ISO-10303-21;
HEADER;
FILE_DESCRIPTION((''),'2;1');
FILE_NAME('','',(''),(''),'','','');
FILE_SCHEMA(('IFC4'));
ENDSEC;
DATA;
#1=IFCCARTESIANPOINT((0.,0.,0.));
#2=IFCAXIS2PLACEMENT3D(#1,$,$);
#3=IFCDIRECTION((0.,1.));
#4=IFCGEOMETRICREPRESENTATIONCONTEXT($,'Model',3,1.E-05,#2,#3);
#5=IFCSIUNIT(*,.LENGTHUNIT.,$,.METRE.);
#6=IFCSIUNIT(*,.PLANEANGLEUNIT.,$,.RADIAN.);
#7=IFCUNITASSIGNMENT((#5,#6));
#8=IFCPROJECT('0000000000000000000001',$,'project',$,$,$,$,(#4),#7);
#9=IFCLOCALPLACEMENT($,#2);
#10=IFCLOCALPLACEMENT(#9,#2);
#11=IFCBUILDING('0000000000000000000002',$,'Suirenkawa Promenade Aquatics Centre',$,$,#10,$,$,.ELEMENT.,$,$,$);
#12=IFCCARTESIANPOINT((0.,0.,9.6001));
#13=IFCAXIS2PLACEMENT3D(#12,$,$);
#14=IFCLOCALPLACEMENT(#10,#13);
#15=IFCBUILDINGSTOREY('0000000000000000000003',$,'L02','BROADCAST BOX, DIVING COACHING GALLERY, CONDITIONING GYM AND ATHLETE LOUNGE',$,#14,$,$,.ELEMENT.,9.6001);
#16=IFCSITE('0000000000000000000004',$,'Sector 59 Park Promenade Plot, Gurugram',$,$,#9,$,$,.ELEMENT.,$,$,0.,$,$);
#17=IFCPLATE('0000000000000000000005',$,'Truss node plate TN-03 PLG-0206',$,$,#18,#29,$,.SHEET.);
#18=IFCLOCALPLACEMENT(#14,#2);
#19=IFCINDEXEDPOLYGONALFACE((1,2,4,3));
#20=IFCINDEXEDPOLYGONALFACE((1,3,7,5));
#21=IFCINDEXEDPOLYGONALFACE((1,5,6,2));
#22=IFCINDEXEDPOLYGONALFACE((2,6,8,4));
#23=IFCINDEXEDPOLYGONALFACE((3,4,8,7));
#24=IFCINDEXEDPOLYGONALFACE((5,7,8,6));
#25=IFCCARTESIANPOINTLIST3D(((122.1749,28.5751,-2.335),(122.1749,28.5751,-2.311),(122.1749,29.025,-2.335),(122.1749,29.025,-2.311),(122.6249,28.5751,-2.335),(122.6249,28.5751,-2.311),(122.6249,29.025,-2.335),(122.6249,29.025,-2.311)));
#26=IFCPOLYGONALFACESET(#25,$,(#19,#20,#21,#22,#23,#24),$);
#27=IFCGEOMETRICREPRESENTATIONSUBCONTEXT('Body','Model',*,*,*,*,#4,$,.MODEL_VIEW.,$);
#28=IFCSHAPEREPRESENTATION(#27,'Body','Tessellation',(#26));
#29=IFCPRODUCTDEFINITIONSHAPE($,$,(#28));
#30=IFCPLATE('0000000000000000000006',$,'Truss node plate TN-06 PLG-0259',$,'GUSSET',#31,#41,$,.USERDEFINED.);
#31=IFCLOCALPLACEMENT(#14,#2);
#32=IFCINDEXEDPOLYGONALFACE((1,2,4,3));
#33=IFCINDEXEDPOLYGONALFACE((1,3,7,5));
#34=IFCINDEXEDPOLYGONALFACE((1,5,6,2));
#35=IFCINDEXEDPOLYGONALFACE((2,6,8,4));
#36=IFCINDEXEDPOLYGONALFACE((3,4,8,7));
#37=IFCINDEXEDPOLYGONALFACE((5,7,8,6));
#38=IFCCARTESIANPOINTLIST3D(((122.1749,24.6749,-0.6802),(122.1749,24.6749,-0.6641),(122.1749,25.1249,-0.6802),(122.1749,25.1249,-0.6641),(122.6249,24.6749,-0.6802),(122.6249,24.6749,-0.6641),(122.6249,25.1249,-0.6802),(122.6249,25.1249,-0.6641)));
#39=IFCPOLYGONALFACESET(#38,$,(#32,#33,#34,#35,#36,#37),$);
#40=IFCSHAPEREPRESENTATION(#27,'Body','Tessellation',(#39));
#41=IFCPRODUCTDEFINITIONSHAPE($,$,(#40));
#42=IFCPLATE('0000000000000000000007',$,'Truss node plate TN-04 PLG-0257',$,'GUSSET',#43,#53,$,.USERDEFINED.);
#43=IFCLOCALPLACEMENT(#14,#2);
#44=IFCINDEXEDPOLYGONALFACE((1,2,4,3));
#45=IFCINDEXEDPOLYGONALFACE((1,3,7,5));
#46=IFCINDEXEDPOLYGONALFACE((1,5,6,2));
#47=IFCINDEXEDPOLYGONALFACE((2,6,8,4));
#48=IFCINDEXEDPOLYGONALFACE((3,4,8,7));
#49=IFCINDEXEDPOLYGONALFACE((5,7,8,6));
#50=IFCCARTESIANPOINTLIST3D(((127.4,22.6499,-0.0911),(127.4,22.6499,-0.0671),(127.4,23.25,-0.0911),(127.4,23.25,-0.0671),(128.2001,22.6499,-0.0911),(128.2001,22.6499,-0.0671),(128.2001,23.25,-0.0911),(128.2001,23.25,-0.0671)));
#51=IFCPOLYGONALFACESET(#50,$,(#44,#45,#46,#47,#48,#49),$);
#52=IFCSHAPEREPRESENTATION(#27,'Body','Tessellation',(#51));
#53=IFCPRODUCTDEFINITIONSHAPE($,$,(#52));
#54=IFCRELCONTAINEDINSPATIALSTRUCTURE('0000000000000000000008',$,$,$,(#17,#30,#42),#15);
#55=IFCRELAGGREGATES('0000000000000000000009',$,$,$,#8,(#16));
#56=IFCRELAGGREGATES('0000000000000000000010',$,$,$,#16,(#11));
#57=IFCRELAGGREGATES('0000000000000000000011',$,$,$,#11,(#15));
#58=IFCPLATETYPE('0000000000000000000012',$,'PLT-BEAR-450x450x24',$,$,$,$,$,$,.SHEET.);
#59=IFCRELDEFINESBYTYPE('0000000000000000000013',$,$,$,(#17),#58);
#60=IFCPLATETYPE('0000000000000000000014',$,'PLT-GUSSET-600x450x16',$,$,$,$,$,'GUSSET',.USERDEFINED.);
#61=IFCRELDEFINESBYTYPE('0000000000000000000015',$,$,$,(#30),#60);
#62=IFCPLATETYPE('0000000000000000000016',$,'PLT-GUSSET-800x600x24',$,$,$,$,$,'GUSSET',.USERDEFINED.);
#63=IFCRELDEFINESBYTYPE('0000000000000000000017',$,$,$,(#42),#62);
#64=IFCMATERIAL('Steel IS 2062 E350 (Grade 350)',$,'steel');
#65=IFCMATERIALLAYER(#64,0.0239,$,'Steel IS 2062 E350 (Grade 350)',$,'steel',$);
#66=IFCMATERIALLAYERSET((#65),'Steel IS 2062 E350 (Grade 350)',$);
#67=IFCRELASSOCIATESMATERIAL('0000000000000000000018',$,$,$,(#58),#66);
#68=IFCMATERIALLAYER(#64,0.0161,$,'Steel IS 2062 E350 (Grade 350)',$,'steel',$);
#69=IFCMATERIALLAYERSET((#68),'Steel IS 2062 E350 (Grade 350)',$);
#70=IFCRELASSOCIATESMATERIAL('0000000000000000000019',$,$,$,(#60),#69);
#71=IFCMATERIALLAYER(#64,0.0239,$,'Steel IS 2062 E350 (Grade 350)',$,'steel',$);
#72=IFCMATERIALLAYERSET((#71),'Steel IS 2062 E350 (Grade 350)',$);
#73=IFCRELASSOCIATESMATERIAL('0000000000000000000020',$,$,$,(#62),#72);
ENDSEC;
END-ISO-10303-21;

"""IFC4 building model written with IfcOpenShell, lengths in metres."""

from ifc_helpers import new_model, si_unit, direction, frame, origin, origin_2d, place, context, subcontext, project, spatial, rectangle, extrude, material, layer, layer_set, type_object, element, save


model = new_model("IFC4")

# Units and contexts
model_context = context("Model", 3, precision=1e-05, world=origin(), true_north=direction((0.0, 1.0)))
body_context = subcontext(model_context, "Body", "Model", "MODEL_VIEW")
ifc_project = project(units=[si_unit("LENGTHUNIT", "METRE"), si_unit("PLANEANGLEUNIT", "RADIAN")], contexts=[model_context])

# Site, building, storey
site_placement = place(None, origin())
site = spatial("IfcSite", under=ifc_project, at=site_placement, Name="Sector 59 Park Promenade Plot, Gurugram", CompositionType="ELEMENT", RefElevation=0.0)
building_placement = place(site_placement, origin())
building = spatial("IfcBuilding", under=site, at=building_placement, Name="Suirenkawa Promenade Aquatics Centre", CompositionType="ELEMENT")
storey_placement = place(building_placement, frame((0.0, 0.0, 9.6001)))
storey = spatial("IfcBuildingStorey", under=building, at=storey_placement, Name="L02", Description="BROADCAST BOX, DIVING COACHING GALLERY, CONDITIONING GYM AND ATHLETE LOUNGE", CompositionType="ELEMENT", Elevation=9.6001)

# Shared definitions
ifc_material_1 = material(Name="Steel IS 2062 E350 (Grade 350)", Category="steel")

# Plates
ifc_layer_1 = layer(ifc_material_1, 0.0239, Name="Steel IS 2062 E350 (Grade 350)", Category="steel")
ifc_layer_set_1 = layer_set([ifc_layer_1], Name="Steel IS 2062 E350 (Grade 350)")
plate_type_1 = type_object("IfcPlateType", Name="PLT-BEAR-450x450x24", PredefinedType="SHEET", material=ifc_layer_set_1)
plate_1_placement = place(storey_placement, frame((122.3999, 28.8, -2.335), z_axis=(0.0, 0.0, 1.0), x_axis=(1.0, 0.0, 0.0)))
element("IfcPlate", 1, at=plate_1_placement, inside=storey, type_object=plate_type_1, Name="Truss node plate TN-03 PLG-0206", PredefinedType="SHEET", context=body_context, shape_type="SweptSolid", body=[
    extrude(rectangle(XDim=0.45, YDim=0.45, at=origin_2d()), origin(), (0.0, 0.0, 1.0), 0.0239),
])
ifc_layer_2 = layer(ifc_material_1, 0.0161, Name="Steel IS 2062 E350 (Grade 350)", Category="steel")
ifc_layer_set_2 = layer_set([ifc_layer_2], Name="Steel IS 2062 E350 (Grade 350)")
plate_type_2 = type_object("IfcPlateType", Name="PLT-GUSSET-600x450x16", ElementType="GUSSET", PredefinedType="USERDEFINED", material=ifc_layer_set_2)
plate_2_placement = place(storey_placement, frame((122.3999, 24.8999, -0.6802), z_axis=(0.0, 0.0, 1.0), x_axis=(1.0, 0.0, 0.0)))
element("IfcPlate", 2, at=plate_2_placement, inside=storey, type_object=plate_type_2, Name="Truss node plate TN-06 PLG-0259", ObjectType="GUSSET", PredefinedType="USERDEFINED", context=body_context, shape_type="SweptSolid", body=[
    extrude(rectangle(XDim=0.45, YDim=0.45, at=origin_2d()), origin(), (0.0, 0.0, 1.0), 0.0161),
])
ifc_layer_3 = layer(ifc_material_1, 0.0239, Name="Steel IS 2062 E350 (Grade 350)", Category="steel")
ifc_layer_set_3 = layer_set([ifc_layer_3], Name="Steel IS 2062 E350 (Grade 350)")
plate_type_3 = type_object("IfcPlateType", Name="PLT-GUSSET-800x600x24", ElementType="GUSSET", PredefinedType="USERDEFINED", material=ifc_layer_set_3)
plate_3_placement = place(storey_placement, frame((127.8, 22.95, -0.0911), z_axis=(0.0, 0.0, 1.0), x_axis=(1.0, 0.0, 0.0)))
element("IfcPlate", 3, at=plate_3_placement, inside=storey, type_object=plate_type_3, Name="Truss node plate TN-04 PLG-0257", ObjectType="GUSSET", PredefinedType="USERDEFINED", context=body_context, shape_type="SweptSolid", body=[
    extrude(rectangle(XDim=0.8, YDim=0.6001, at=origin_2d()), origin(), (0.0, 0.0, 1.0), 0.0239),
])

save(model, "model.ifc")
